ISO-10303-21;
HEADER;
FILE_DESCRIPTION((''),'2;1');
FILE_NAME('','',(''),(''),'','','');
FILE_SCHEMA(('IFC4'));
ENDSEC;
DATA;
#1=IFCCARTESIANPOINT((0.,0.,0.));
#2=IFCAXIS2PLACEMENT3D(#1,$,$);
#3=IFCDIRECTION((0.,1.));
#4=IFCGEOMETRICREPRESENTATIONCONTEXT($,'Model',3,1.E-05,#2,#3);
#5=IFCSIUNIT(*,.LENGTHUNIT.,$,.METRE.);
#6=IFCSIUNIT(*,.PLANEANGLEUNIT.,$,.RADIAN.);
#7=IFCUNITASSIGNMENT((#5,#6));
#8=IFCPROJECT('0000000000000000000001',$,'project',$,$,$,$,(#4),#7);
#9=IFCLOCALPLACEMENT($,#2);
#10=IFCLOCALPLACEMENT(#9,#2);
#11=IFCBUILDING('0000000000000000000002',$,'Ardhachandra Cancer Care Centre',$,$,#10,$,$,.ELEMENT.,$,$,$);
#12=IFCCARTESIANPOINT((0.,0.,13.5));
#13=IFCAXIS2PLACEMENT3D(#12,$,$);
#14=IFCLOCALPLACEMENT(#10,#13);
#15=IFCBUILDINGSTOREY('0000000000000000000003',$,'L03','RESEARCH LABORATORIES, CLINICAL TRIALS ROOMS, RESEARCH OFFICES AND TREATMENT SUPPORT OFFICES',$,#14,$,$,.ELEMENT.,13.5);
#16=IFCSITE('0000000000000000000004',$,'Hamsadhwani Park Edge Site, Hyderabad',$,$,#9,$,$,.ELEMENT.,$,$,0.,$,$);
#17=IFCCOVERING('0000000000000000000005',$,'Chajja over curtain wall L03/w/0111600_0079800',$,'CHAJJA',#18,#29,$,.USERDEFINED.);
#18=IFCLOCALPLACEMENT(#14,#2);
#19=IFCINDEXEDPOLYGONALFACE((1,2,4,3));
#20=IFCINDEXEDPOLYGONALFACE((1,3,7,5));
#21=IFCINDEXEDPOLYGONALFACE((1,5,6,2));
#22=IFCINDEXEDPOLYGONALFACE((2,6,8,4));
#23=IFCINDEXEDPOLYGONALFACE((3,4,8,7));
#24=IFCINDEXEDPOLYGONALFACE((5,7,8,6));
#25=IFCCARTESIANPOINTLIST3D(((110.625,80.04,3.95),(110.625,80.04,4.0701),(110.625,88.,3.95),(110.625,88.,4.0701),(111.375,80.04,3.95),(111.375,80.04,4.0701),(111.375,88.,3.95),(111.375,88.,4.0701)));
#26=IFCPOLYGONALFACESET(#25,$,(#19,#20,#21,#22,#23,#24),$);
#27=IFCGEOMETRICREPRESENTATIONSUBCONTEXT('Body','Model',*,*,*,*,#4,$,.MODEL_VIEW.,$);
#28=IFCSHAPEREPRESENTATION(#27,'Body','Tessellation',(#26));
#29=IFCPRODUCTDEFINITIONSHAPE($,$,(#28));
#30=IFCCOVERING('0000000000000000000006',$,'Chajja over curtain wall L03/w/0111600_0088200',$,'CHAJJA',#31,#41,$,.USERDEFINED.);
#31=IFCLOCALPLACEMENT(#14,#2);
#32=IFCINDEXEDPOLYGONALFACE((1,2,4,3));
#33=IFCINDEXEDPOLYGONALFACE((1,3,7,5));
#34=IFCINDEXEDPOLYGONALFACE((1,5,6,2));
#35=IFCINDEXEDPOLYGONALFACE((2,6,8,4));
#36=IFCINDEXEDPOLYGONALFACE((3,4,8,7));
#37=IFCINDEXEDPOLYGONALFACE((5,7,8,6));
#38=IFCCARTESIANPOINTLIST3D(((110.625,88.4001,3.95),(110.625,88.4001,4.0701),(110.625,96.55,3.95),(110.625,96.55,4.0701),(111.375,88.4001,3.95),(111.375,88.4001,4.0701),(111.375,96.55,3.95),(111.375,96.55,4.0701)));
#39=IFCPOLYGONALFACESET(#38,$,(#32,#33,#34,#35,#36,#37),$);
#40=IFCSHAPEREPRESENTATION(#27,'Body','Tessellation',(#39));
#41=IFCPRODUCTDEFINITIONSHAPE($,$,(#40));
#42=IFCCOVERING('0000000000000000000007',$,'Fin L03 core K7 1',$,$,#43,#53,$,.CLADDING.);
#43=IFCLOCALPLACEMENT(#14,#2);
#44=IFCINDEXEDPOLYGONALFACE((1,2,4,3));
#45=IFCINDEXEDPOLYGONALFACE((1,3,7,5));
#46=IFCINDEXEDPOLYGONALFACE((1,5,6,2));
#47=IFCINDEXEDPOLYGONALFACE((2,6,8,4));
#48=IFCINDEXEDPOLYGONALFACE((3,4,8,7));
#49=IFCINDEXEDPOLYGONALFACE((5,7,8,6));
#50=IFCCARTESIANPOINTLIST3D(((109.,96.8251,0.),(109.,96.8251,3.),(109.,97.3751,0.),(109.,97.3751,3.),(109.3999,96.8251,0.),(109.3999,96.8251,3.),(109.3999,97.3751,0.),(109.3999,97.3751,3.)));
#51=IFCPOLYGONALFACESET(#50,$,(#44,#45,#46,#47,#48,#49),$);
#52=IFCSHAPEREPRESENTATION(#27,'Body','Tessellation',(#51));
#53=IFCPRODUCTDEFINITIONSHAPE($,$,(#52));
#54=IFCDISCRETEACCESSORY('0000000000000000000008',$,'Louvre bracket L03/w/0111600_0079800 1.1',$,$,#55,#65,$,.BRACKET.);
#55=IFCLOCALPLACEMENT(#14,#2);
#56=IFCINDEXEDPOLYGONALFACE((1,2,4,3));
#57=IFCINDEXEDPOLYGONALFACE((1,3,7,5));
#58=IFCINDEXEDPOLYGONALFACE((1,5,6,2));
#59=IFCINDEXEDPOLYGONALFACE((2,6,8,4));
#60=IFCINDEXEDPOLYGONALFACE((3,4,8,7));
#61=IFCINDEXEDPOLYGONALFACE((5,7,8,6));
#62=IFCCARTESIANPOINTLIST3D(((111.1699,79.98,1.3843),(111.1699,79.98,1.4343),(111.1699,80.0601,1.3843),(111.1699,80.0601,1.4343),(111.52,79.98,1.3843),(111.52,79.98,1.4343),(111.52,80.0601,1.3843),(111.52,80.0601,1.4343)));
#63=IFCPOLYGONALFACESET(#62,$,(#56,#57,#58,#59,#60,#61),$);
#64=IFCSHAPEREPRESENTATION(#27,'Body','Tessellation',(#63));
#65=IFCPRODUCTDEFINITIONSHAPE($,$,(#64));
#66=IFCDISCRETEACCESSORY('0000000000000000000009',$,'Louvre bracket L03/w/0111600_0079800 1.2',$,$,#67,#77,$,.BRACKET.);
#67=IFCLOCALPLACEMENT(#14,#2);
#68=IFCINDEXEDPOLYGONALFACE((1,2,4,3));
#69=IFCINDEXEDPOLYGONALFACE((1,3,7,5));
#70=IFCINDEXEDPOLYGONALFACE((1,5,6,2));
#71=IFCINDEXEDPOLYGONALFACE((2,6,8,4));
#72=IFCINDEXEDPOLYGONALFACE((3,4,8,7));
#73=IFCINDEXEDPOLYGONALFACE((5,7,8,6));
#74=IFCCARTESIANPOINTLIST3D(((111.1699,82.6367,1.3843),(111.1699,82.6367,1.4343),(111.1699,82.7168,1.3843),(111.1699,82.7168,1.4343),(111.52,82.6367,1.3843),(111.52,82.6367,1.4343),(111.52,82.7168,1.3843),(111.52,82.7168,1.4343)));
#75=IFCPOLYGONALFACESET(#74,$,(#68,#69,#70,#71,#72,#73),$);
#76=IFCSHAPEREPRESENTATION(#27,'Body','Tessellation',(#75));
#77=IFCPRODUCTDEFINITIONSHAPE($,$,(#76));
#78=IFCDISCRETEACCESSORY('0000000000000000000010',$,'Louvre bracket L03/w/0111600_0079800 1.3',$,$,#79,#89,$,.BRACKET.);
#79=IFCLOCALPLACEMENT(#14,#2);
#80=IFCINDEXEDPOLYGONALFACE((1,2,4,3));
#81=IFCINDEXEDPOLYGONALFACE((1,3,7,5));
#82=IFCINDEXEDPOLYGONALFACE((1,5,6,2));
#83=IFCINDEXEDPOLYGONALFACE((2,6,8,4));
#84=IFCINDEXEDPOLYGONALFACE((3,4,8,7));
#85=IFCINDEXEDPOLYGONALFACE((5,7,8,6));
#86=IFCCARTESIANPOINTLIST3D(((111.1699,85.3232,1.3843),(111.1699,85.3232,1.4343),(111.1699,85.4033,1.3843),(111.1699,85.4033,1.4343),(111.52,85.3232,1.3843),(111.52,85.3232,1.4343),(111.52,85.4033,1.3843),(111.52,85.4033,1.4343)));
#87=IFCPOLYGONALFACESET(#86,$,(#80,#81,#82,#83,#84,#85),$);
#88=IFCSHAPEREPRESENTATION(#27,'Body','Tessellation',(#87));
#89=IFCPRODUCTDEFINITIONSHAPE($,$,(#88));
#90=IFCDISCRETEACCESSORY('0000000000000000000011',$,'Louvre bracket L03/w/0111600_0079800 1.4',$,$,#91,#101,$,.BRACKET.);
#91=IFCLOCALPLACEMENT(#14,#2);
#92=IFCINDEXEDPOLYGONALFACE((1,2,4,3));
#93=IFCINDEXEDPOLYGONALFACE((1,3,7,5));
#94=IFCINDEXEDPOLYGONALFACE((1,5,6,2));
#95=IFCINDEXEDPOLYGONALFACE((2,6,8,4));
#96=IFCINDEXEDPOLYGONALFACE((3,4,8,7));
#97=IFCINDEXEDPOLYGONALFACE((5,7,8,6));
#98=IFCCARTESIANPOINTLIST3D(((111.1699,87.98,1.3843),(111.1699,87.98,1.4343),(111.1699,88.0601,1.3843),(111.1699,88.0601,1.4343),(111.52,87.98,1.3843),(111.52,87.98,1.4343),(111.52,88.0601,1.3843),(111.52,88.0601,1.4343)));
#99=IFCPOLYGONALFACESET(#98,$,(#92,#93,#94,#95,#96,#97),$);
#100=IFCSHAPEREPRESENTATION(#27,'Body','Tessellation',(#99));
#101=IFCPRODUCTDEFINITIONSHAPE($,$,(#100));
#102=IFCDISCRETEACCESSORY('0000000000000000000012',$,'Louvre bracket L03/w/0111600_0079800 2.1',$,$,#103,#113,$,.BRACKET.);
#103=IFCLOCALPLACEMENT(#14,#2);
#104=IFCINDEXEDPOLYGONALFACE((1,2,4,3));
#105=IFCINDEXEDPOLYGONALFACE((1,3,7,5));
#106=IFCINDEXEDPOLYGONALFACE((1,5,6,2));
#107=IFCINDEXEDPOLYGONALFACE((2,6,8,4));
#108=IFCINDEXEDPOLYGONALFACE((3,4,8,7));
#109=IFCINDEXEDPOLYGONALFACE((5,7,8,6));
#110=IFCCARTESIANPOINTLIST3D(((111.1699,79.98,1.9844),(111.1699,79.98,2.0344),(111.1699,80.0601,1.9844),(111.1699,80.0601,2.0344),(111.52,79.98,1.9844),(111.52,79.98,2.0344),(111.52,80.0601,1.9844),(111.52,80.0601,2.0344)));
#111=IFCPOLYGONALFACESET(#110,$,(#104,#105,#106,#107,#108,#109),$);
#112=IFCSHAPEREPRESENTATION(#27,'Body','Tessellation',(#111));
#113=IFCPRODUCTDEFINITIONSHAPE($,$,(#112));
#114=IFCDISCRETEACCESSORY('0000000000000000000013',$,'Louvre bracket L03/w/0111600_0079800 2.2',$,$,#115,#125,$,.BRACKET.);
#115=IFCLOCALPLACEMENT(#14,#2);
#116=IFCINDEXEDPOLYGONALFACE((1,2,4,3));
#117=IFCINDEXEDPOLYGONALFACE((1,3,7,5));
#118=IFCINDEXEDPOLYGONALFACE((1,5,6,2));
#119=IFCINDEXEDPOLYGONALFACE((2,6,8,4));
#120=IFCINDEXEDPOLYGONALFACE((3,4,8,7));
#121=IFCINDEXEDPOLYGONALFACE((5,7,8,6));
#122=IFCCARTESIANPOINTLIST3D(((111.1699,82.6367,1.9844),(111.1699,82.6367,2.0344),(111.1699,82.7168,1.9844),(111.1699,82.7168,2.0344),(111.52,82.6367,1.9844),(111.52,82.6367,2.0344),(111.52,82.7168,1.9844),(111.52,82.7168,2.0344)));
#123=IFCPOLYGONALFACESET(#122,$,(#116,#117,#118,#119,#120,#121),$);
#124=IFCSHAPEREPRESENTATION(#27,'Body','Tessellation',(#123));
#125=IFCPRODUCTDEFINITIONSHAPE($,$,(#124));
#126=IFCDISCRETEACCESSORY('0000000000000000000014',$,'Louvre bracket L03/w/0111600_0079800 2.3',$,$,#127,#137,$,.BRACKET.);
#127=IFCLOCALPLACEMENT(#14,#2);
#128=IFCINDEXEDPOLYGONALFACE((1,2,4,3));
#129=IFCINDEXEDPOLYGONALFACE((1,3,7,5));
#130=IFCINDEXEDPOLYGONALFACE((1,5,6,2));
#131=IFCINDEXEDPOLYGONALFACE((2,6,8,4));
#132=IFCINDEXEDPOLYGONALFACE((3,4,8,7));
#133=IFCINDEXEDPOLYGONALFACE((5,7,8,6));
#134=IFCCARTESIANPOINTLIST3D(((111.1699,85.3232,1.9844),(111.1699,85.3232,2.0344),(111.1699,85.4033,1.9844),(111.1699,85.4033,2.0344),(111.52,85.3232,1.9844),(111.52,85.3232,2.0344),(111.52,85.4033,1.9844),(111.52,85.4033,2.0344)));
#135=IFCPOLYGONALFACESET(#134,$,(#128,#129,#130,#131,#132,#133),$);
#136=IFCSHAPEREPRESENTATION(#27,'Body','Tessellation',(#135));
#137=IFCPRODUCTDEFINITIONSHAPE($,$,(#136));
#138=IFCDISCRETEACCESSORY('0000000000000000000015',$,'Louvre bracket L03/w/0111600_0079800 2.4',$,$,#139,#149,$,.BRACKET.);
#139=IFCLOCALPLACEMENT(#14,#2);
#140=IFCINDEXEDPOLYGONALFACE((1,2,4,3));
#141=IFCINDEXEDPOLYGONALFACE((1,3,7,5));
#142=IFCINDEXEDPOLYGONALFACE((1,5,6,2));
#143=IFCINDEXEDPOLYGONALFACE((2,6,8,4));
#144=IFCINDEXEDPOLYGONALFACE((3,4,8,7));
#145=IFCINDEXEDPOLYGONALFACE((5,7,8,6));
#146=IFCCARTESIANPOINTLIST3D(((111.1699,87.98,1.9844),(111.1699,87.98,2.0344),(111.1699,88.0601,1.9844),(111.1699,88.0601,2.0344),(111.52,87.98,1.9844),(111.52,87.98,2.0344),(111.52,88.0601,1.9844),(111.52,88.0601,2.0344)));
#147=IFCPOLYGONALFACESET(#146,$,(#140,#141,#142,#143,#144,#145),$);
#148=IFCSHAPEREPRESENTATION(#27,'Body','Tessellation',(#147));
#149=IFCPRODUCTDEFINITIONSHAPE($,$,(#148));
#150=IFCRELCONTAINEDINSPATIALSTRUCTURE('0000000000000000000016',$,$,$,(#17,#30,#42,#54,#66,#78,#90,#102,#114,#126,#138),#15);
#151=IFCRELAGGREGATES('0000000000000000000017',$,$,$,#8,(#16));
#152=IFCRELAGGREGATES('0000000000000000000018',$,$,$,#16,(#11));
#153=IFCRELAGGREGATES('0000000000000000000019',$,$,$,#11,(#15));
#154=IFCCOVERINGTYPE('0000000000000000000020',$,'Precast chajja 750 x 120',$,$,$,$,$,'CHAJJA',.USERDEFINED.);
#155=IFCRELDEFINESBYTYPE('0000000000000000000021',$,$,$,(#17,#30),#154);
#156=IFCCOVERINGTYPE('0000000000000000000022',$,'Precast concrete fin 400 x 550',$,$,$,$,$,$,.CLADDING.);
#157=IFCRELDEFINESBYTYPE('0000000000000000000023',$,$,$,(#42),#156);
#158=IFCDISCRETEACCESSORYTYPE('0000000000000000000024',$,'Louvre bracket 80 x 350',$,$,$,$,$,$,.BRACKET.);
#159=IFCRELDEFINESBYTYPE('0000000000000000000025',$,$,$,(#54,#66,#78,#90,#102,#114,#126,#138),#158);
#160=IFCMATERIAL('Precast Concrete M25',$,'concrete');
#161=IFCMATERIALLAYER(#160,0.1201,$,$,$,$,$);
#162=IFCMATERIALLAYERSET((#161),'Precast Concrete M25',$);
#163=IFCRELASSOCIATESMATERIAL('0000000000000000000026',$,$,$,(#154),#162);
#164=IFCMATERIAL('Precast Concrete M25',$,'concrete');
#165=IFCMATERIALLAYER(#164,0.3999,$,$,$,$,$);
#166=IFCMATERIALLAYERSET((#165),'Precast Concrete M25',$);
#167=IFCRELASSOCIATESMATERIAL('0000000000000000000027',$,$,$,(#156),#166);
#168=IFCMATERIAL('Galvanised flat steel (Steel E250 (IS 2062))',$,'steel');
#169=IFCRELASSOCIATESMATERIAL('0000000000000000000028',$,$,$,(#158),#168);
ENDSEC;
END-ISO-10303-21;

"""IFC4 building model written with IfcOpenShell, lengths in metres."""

from ifc_helpers import new_model, si_unit, direction, frame, origin, origin_2d, place, context, subcontext, project, spatial, rectangle, extrude, material, layer, layer_set, type_object, element, save


model = new_model("IFC4")

# Units and contexts
model_context = context("Model", 3, precision=1e-05, world=origin(), true_north=direction((0.0, 1.0)))
body_context = subcontext(model_context, "Body", "Model", "MODEL_VIEW")
ifc_project = project(units=[si_unit("LENGTHUNIT", "METRE"), si_unit("PLANEANGLEUNIT", "RADIAN")], contexts=[model_context])

# Site, building, storey
site_placement = place(None, origin())
site = spatial("IfcSite", under=ifc_project, at=site_placement, Name="Hamsadhwani Park Edge Site, Hyderabad", CompositionType="ELEMENT", RefElevation=0.0)
building_placement = place(site_placement, origin())
building = spatial("IfcBuilding", under=site, at=building_placement, Name="Ardhachandra Cancer Care Centre", CompositionType="ELEMENT")
storey_placement = place(building_placement, frame((0.0, 0.0, 13.5)))
storey = spatial("IfcBuildingStorey", under=building, at=storey_placement, Name="L03", Description="RESEARCH LABORATORIES, CLINICAL TRIALS ROOMS, RESEARCH OFFICES AND TREATMENT SUPPORT OFFICES", CompositionType="ELEMENT", Elevation=13.5)

# Coverings
ifc_material_1 = material(Name="Precast Concrete M25", Category="concrete")
ifc_layer_1 = layer(ifc_material_1, 0.1201)
ifc_layer_set_1 = layer_set([ifc_layer_1], Name="Precast Concrete M25")
covering_type_1 = type_object("IfcCoveringType", Name="Precast chajja 750 x 120", ElementType="CHAJJA", PredefinedType="USERDEFINED", material=ifc_layer_set_1)
covering_1_placement = place(storey_placement, frame((111.0, 84.02, 3.95), z_axis=(0.0, 0.0, 1.0), x_axis=(0.0, 1.0, 0.0)))
element("IfcCovering", 1, at=covering_1_placement, inside=storey, type_object=covering_type_1, Name="Chajja over curtain wall L03/w/0111600_0079800", ObjectType="CHAJJA", PredefinedType="USERDEFINED", context=body_context, shape_type="SweptSolid", body=[
    extrude(rectangle(XDim=7.96, YDim=0.75, at=origin_2d()), origin(), (0.0, 0.0, 1.0), 0.1201),
])
covering_2_placement = place(storey_placement, frame((111.0, 92.4751, 3.95), z_axis=(0.0, 0.0, 1.0), x_axis=(0.0, 1.0, 0.0)))
element("IfcCovering", 2, at=covering_2_placement, inside=storey, type_object=covering_type_1, Name="Chajja over curtain wall L03/w/0111600_0088200", ObjectType="CHAJJA", PredefinedType="USERDEFINED", context=body_context, shape_type="SweptSolid", body=[
    extrude(rectangle(XDim=8.1499, YDim=0.75, at=origin_2d()), origin(), (0.0, 0.0, 1.0), 0.1201),
])
ifc_material_2 = material(Name="Precast Concrete M25", Category="concrete")
ifc_layer_2 = layer(ifc_material_2, 0.3999)
ifc_layer_set_2 = layer_set([ifc_layer_2], Name="Precast Concrete M25")
covering_type_2 = type_object("IfcCoveringType", Name="Precast concrete fin 400 x 550", PredefinedType="CLADDING", material=ifc_layer_set_2)
covering_3_placement = place(storey_placement, frame((109.2, 97.1001, 0.0), z_axis=(0.0, 0.0, 1.0), x_axis=(1.0, 0.0, 0.0)))
element("IfcCovering", 3, at=covering_3_placement, inside=storey, type_object=covering_type_2, Name="Fin L03 core K7 1", PredefinedType="CLADDING", context=body_context, shape_type="SweptSolid", body=[
    extrude(rectangle(XDim=0.3999, YDim=0.55, at=origin_2d()), origin(), (0.0, 0.0, 1.0), 3.0),
])

# Discrete accessories
ifc_material_3 = material(Name="Galvanised flat steel (Steel E250 (IS 2062))", Category="steel")
discrete_accessory_type = type_object("IfcDiscreteAccessoryType", Name="Louvre bracket 80 x 350", PredefinedType="BRACKET", material=ifc_material_3)
for number, where, z_axis, x_axis, name in (
    (4, (111.345, 80.02, 1.3843), (0.0, 0.0, 1.0), (0.0, 1.0, 0.0), "Louvre bracket L03/w/0111600_0079800 1.1"),
    (5, (111.345, 82.6768, 1.3843), (0.0, 0.0, 1.0), (0.0, 1.0, 0.0), "Louvre bracket L03/w/0111600_0079800 1.2"),
    (6, (111.345, 85.3633, 1.3843), (0.0, 0.0, 1.0), (0.0, 1.0, 0.0), "Louvre bracket L03/w/0111600_0079800 1.3"),
    (7, (111.345, 88.02, 1.3843), (0.0, 0.0, 1.0), (0.0, 1.0, 0.0), "Louvre bracket L03/w/0111600_0079800 1.4"),
    (8, (111.345, 80.02, 1.9844), (0.0, 0.0, 1.0), (0.0, 1.0, 0.0), "Louvre bracket L03/w/0111600_0079800 2.1"),
    (9, (111.345, 82.6768, 1.9844), (0.0, 0.0, 1.0), (0.0, 1.0, 0.0), "Louvre bracket L03/w/0111600_0079800 2.2"),
    (10, (111.345, 85.3633, 1.9844), (0.0, 0.0, 1.0), (0.0, 1.0, 0.0), "Louvre bracket L03/w/0111600_0079800 2.3"),
    (11, (111.345, 88.02, 1.9844), (0.0, 0.0, 1.0), (0.0, 1.0, 0.0), "Louvre bracket L03/w/0111600_0079800 2.4"),
):
    element("IfcDiscreteAccessory", number, at=place(storey_placement, frame(where, z_axis=z_axis, x_axis=x_axis)), inside=storey, type_object=discrete_accessory_type, Name=name, PredefinedType="BRACKET", context=body_context, shape_type="SweptSolid", body=[
        extrude(rectangle(XDim=0.0801, YDim=0.3501, at=origin_2d()), origin(), (0.0, 0.0, 1.0), 0.05),
    ])

save(model, "model.ifc")
